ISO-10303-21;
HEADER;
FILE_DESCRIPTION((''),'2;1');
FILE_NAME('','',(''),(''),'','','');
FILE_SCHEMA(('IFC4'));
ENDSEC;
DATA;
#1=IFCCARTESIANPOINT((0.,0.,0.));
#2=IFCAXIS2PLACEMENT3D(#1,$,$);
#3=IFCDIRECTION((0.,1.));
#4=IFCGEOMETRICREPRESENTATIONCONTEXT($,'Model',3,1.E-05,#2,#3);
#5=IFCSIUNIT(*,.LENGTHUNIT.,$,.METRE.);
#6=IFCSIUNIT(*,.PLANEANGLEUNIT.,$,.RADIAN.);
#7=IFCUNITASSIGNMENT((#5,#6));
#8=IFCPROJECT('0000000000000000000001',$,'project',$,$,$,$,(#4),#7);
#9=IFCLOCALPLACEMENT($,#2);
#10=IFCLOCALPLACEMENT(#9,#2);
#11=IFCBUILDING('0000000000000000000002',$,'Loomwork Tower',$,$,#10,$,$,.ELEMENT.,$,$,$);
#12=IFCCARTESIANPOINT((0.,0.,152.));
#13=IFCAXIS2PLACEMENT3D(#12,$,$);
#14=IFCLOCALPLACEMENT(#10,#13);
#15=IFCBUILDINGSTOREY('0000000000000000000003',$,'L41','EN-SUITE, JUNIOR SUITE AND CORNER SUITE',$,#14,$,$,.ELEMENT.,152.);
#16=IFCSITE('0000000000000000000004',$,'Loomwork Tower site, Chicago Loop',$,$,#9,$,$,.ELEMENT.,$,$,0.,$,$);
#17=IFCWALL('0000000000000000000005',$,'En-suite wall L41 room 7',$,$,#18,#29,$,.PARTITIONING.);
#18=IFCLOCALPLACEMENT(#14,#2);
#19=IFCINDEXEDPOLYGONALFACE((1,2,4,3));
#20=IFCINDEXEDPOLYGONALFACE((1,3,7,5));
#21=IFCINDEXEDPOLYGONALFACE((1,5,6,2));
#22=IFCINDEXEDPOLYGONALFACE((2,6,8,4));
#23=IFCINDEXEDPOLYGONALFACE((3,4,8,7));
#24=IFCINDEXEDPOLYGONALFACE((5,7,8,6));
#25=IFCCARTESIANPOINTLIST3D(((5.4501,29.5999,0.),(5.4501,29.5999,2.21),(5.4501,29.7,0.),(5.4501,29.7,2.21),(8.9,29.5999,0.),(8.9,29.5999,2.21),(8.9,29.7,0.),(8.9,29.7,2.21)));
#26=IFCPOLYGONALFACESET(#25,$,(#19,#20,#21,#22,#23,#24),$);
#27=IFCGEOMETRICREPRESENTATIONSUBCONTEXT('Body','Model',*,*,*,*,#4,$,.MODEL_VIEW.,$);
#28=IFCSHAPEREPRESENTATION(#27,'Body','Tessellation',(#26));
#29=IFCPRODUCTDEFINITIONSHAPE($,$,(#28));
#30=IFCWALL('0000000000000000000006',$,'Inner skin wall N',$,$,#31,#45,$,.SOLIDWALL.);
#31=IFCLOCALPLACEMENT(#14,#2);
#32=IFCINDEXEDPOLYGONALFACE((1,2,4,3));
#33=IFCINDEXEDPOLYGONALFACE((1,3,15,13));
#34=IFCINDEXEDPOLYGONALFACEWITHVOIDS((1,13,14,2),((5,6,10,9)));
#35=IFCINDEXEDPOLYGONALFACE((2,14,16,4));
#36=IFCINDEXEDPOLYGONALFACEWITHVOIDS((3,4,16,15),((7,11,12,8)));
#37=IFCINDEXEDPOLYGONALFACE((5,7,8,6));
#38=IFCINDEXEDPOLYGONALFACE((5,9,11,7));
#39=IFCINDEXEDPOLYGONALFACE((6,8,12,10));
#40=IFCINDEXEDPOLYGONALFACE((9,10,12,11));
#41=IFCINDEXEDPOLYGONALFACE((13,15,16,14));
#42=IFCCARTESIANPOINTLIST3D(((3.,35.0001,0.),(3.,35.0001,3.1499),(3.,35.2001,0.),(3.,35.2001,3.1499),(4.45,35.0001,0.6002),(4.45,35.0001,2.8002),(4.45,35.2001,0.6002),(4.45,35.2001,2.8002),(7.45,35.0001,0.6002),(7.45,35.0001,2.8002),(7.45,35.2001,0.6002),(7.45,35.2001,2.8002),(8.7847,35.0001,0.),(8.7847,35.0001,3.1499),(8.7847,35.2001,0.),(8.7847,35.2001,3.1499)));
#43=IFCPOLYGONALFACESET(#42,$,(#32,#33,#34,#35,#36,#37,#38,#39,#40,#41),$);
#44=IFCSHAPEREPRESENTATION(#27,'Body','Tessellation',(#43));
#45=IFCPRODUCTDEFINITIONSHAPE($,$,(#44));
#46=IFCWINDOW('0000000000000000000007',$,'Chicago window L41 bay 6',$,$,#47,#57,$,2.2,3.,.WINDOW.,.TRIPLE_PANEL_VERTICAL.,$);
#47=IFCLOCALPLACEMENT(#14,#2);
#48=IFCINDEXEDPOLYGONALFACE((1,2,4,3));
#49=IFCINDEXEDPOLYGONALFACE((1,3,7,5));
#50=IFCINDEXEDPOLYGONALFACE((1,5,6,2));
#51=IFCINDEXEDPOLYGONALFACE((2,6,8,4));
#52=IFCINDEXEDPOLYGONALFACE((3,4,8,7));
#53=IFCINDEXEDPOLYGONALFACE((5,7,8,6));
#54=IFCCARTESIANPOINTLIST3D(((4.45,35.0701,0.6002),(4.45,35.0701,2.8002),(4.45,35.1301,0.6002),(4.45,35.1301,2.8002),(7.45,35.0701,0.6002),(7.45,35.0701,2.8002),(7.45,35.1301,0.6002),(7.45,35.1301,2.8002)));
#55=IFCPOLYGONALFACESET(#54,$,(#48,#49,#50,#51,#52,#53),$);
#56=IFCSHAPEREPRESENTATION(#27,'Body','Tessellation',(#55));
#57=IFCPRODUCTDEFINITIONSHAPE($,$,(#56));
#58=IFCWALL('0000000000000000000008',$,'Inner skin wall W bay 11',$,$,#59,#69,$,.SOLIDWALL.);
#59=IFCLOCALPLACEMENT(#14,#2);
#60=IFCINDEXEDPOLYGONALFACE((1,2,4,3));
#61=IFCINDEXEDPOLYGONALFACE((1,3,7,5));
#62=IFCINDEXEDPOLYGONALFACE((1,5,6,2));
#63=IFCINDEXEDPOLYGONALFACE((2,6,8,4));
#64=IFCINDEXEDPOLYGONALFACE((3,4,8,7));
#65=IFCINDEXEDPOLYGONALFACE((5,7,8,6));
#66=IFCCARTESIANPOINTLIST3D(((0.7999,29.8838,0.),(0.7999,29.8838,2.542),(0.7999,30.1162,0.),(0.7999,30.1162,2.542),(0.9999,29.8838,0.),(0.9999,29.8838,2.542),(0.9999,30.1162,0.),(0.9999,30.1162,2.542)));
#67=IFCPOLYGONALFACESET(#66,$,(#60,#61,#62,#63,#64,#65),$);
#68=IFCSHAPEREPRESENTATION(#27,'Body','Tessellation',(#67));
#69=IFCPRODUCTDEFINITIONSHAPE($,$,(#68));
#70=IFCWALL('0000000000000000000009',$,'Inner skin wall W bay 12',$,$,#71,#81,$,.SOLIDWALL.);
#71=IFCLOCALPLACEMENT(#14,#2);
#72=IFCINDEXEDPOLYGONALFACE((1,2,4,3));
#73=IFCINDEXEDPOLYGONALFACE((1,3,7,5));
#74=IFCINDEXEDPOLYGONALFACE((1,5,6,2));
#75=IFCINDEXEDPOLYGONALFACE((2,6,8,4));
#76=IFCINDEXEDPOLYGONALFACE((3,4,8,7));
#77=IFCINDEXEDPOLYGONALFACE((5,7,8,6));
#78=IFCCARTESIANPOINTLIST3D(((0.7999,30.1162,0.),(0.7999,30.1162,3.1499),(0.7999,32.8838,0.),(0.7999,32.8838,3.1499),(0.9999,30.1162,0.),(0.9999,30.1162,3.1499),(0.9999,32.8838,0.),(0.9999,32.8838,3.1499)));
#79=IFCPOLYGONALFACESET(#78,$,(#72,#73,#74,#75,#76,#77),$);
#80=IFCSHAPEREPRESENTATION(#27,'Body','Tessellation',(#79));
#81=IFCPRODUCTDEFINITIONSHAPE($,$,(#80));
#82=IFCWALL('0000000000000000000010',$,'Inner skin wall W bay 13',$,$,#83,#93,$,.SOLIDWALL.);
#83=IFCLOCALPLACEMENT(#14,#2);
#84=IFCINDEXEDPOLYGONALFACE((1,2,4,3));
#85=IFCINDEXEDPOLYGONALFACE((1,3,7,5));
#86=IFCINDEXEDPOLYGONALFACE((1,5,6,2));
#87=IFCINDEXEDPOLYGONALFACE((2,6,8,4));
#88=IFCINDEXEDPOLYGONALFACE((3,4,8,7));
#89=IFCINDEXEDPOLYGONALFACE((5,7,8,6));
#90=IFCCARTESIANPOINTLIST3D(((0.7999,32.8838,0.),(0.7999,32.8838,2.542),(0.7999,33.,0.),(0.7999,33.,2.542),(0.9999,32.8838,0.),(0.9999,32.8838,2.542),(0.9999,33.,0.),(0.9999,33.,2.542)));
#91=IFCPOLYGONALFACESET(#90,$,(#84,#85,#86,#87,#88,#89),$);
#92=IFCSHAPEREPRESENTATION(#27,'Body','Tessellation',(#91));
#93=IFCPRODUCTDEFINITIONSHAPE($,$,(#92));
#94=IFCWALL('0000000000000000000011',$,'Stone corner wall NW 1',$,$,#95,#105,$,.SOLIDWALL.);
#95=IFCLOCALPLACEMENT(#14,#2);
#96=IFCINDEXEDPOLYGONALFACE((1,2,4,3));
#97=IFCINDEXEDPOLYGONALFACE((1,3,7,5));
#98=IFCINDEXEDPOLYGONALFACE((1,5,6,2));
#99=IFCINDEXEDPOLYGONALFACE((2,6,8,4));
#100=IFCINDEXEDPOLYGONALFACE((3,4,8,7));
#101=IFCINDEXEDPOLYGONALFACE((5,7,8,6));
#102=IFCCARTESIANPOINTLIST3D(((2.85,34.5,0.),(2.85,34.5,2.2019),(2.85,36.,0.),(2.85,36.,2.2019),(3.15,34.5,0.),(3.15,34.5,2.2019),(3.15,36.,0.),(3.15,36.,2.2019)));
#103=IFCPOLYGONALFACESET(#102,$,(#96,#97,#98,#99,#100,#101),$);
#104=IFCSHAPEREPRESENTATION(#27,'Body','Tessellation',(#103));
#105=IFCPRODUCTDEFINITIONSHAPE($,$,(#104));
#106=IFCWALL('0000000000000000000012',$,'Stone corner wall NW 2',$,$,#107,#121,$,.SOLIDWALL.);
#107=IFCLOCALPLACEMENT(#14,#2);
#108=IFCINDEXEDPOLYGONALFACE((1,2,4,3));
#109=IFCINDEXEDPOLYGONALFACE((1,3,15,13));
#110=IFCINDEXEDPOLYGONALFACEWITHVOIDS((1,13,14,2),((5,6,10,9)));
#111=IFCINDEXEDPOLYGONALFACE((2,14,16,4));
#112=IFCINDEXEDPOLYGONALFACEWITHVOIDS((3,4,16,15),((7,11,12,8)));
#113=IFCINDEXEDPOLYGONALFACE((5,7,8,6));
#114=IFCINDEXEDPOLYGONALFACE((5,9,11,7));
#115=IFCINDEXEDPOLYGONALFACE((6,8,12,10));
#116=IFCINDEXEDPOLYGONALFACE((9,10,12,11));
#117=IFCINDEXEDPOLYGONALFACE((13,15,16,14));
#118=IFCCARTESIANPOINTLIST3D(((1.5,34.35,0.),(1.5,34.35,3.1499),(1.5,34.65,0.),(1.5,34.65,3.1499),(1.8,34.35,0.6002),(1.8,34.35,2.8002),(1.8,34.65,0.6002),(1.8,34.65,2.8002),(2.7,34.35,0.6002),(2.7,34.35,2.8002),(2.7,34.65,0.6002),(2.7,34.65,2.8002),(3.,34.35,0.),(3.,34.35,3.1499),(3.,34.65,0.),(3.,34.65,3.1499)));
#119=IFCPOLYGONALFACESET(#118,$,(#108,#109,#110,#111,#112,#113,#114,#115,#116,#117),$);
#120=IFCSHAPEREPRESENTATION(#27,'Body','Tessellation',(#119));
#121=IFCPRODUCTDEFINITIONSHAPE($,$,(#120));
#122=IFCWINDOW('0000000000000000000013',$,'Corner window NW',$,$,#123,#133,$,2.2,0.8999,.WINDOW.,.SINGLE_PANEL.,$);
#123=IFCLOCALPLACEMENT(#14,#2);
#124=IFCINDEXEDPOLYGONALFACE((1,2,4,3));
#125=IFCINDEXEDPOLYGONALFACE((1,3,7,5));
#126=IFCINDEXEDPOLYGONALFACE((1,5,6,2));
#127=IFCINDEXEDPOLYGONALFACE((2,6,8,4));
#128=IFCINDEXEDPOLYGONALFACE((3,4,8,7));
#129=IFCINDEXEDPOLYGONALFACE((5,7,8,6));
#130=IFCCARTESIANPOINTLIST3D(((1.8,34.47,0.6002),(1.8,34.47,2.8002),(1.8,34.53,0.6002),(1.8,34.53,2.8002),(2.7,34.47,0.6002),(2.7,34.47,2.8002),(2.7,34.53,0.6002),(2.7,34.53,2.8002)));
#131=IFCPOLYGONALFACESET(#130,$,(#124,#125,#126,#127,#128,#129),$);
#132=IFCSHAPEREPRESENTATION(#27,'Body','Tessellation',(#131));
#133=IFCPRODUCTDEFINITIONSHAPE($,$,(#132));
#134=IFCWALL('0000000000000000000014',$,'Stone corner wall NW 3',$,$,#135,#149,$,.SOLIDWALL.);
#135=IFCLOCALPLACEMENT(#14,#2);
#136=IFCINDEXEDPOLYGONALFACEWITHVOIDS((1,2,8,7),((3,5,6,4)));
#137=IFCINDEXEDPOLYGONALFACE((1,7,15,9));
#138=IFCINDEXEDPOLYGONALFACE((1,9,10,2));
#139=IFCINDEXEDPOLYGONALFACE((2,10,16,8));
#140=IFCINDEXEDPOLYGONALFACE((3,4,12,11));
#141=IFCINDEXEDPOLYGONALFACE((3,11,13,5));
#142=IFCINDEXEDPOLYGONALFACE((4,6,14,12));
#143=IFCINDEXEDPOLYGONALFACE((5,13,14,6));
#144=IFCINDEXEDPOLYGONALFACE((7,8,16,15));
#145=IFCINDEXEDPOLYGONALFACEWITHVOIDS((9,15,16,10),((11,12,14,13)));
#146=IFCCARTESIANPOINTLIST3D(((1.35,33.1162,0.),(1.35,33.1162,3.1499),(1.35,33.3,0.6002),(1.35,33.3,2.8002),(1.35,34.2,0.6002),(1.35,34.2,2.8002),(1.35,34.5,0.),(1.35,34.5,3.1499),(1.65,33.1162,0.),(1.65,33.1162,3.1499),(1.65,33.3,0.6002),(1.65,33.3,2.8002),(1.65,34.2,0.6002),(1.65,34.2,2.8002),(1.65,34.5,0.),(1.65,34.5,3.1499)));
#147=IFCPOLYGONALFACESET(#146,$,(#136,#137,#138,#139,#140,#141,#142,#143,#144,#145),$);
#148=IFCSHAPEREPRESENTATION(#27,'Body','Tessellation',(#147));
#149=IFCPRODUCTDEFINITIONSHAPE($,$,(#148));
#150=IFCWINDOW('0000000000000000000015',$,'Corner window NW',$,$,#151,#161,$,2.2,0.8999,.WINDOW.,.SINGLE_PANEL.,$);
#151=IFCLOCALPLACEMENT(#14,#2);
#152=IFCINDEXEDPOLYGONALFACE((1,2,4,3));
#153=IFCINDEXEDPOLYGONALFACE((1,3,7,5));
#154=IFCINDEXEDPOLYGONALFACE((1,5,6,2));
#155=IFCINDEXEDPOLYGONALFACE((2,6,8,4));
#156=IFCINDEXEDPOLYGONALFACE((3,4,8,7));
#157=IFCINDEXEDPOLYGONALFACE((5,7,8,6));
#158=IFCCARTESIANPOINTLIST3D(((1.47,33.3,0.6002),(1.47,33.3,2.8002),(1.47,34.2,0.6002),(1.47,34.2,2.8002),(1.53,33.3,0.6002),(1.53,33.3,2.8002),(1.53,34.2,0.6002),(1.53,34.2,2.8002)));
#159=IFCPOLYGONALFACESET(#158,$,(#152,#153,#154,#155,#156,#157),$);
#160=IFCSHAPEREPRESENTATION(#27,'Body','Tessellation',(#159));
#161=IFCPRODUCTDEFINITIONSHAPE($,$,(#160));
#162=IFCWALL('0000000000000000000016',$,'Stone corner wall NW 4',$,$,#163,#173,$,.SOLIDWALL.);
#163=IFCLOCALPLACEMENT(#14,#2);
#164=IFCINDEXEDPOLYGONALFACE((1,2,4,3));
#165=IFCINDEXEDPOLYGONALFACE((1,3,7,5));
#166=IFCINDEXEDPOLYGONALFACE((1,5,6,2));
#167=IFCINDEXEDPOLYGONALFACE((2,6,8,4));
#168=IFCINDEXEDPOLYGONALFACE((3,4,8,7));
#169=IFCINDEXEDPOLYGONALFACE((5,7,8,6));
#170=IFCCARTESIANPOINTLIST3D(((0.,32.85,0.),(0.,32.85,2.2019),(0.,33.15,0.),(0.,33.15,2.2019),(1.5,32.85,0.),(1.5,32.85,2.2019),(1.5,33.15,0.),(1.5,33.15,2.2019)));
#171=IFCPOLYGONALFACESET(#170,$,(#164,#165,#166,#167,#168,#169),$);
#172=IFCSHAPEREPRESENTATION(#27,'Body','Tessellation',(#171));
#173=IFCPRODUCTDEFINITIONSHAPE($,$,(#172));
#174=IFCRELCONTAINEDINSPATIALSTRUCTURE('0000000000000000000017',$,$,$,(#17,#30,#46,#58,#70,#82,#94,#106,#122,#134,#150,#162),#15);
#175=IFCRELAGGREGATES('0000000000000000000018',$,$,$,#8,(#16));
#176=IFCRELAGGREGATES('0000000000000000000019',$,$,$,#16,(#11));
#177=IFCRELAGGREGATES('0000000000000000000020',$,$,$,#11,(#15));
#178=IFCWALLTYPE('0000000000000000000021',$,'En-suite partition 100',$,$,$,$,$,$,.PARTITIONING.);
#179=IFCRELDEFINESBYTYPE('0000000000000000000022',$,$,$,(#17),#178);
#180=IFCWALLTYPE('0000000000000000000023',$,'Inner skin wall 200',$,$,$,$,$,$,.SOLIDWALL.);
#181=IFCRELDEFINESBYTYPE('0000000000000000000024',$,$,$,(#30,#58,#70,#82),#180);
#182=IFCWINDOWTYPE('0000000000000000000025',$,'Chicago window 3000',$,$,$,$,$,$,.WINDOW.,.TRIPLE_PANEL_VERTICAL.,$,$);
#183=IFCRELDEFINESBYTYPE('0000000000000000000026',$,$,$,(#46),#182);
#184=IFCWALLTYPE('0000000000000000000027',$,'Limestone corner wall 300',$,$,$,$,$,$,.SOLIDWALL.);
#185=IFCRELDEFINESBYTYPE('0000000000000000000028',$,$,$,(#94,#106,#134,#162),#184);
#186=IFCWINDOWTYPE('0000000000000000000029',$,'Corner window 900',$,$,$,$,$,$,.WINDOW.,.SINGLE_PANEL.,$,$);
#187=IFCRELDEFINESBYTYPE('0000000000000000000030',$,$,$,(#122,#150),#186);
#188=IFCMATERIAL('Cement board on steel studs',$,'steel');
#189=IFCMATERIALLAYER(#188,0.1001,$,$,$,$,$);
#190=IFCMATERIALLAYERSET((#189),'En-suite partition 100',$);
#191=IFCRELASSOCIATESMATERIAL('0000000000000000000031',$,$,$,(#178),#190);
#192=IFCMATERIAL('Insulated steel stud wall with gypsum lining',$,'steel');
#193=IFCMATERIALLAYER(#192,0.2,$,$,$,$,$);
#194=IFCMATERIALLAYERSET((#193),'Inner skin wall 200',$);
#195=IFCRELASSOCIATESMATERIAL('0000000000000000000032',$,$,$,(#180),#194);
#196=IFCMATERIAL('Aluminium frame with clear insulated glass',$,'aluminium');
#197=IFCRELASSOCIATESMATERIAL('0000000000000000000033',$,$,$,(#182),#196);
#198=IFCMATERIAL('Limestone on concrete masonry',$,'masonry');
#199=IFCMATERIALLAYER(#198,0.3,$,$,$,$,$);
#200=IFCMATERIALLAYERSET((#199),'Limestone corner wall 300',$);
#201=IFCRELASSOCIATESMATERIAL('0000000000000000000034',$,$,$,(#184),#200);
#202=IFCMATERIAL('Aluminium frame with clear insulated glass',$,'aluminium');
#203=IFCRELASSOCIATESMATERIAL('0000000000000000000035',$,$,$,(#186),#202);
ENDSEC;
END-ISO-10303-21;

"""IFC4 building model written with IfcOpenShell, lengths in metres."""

from ifc_helpers import new_model, si_unit, direction, frame, frame_2d, origin, place, context, subcontext, project, spatial, rectangle, extrude, material, layer, layer_set, type_object, element, fill, save


model = new_model("IFC4")

# Units and contexts
model_context = context("Model", 3, precision=1e-05, world=origin(), true_north=direction((0.0, 1.0)))
body_context = subcontext(model_context, "Body", "Model", "MODEL_VIEW")
ifc_project = project(units=[si_unit("LENGTHUNIT", "METRE"), si_unit("PLANEANGLEUNIT", "RADIAN")], contexts=[model_context])

# Site, building, storey
site_placement = place(None, origin())
site = spatial("IfcSite", under=ifc_project, at=site_placement, Name="Loomwork Tower site, Chicago Loop", CompositionType="ELEMENT", RefElevation=0.0)
building_placement = place(site_placement, origin())
building = spatial("IfcBuilding", under=site, at=building_placement, Name="Loomwork Tower", CompositionType="ELEMENT")
storey_placement = place(building_placement, frame((0.0, 0.0, 152.0)))
storey = spatial("IfcBuildingStorey", under=building, at=storey_placement, Name="L41", Description="EN-SUITE, JUNIOR SUITE AND CORNER SUITE", CompositionType="ELEMENT", Elevation=152.0)

# Wall
ifc_material_1 = material(Name="Cement board on steel studs", Category="steel")
ifc_layer_1 = layer(ifc_material_1, 0.1001)
ifc_layer_set_1 = layer_set([ifc_layer_1], Name="En-suite partition 100")
wall_type_1 = type_object("IfcWallType", Name="En-suite partition 100", PredefinedType="PARTITIONING", material=ifc_layer_set_1)
wall_1_placement = place(storey_placement, frame((5.45, 29.6499, 0.0), z_axis=(0.0, 0.0, 1.0), x_axis=(1.0, 0.0, 0.0)))
element("IfcWall", 1, at=wall_1_placement, inside=storey, type_object=wall_type_1, Name="En-suite wall L41 room 7", PredefinedType="PARTITIONING", context=body_context, shape_type="SweptSolid", body=[
    extrude(rectangle(XDim=3.45, YDim=0.1001, at=frame_2d((1.7251, 0.0))), origin(), (0.0, 0.0, 1.0), 2.21),
])

# Wall, opening, window
ifc_material_2 = material(Name="Insulated steel stud wall with gypsum lining", Category="steel")
ifc_layer_2 = layer(ifc_material_2, 0.2)
ifc_layer_set_2 = layer_set([ifc_layer_2], Name="Inner skin wall 200")
wall_type_2 = type_object("IfcWallType", Name="Inner skin wall 200", PredefinedType="SOLIDWALL", material=ifc_layer_set_2)
wall_2_placement = place(storey_placement, frame((3.0, 35.1001, 0.0), z_axis=(0.0, 0.0, 1.0), x_axis=(1.0, 0.0, 0.0)))
wall_2 = element("IfcWall", 2, at=wall_2_placement, inside=storey, type_object=wall_type_2, Name="Inner skin wall N", PredefinedType="SOLIDWALL", context=body_context, shape_type="SweptSolid", body=[
    extrude(rectangle(XDim=5.7847, YDim=0.2, at=frame_2d((2.8923, 0.0))), origin(), (0.0, 0.0, 1.0), 3.1499),
])
opening_1_placement = place(wall_2_placement, frame((1.45, 0.0, 0.6001)))
opening_1 = element("IfcOpeningElement", 3, at=opening_1_placement, cuts=wall_2, PredefinedType="OPENING", context=body_context, shape_type="SweptSolid", body=[
    extrude(rectangle(XDim=3.0, YDim=2.2, at=frame_2d((1.5, 1.1001))), frame((0.0, 0.1099, 0.0), z_axis=(0.0, -1.0, 0.0), x_axis=(1.0, 0.0, 0.0)), (0.0, 0.0, 1.0), 0.22),
])
ifc_material_3 = material(Name="Aluminium frame with clear insulated glass", Category="aluminium")
window_type_1 = type_object("IfcWindowType", Name="Chicago window 3000", PartitioningType="TRIPLE_PANEL_VERTICAL", PredefinedType="WINDOW", material=ifc_material_3)
window_1_placement = place(opening_1_placement, origin())
window_1 = element("IfcWindow", 4, at=window_1_placement, inside=storey, type_object=window_type_1, Name="Chicago window L41 bay 6", OverallHeight=2.2, OverallWidth=3.0, PartitioningType="TRIPLE_PANEL_VERTICAL", PredefinedType="WINDOW", context=body_context, shape_type="SweptSolid", body=[
    extrude(rectangle(XDim=3.0, YDim=2.2, at=frame_2d((1.5, 1.1001))), frame((0.0, 0.03, 0.0), z_axis=(0.0, -1.0, 0.0), x_axis=(1.0, 0.0, 0.0)), (0.0, 0.0, 1.0), 0.0601),
])
fill(opening_1, window_1)

# Walls
wall_3_placement = place(storey_placement, frame((0.8999, 29.8838, 0.0), z_axis=(0.0, 0.0, 1.0), x_axis=(0.0, 1.0, 0.0)))
element("IfcWall", 5, at=wall_3_placement, inside=storey, type_object=wall_type_2, Name="Inner skin wall W bay 11", PredefinedType="SOLIDWALL", context=body_context, shape_type="SweptSolid", body=[
    extrude(rectangle(XDim=0.2324, YDim=0.2, at=frame_2d((0.1162, 0.0))), origin(), (0.0, 0.0, 1.0), 2.542),
])
wall_4_placement = place(storey_placement, frame((0.8999, 30.1162, 0.0), z_axis=(0.0, 0.0, 1.0), x_axis=(0.0, 1.0, 0.0)))
element("IfcWall", 6, at=wall_4_placement, inside=storey, type_object=wall_type_2, Name="Inner skin wall W bay 12", PredefinedType="SOLIDWALL", context=body_context, shape_type="SweptSolid", body=[
    extrude(rectangle(XDim=2.7676, YDim=0.2, at=frame_2d((1.3838, 0.0))), origin(), (0.0, 0.0, 1.0), 3.1499),
])
wall_5_placement = place(storey_placement, frame((0.8999, 32.8838, 0.0), z_axis=(0.0, 0.0, 1.0), x_axis=(0.0, 1.0, 0.0)))
element("IfcWall", 7, at=wall_5_placement, inside=storey, type_object=wall_type_2, Name="Inner skin wall W bay 13", PredefinedType="SOLIDWALL", context=body_context, shape_type="SweptSolid", body=[
    extrude(rectangle(XDim=0.1162, YDim=0.2, at=frame_2d((0.0581, 0.0))), origin(), (0.0, 0.0, 1.0), 2.542),
])
ifc_material_4 = material(Name="Limestone on concrete masonry", Category="masonry")
ifc_layer_3 = layer(ifc_material_4, 0.3)
ifc_layer_set_3 = layer_set([ifc_layer_3], Name="Limestone corner wall 300")
wall_type_3 = type_object("IfcWallType", Name="Limestone corner wall 300", PredefinedType="SOLIDWALL", material=ifc_layer_set_3)
wall_6_placement = place(storey_placement, frame((3.0, 36.0, 0.0), z_axis=(0.0, 0.0, 1.0), x_axis=(0.0, -1.0, 0.0)))
element("IfcWall", 8, at=wall_6_placement, inside=storey, type_object=wall_type_3, Name="Stone corner wall NW 1", PredefinedType="SOLIDWALL", context=body_context, shape_type="SweptSolid", body=[
    extrude(rectangle(XDim=1.5, YDim=0.3, at=frame_2d((0.75, 0.0))), origin(), (0.0, 0.0, 1.0), 2.2019),
])

# Walls, openings, windows
wall_7_placement = place(storey_placement, frame((3.0, 34.5, 0.0), z_axis=(0.0, 0.0, 1.0), x_axis=(-1.0, 0.0, 0.0)))
wall_7 = element("IfcWall", 9, at=wall_7_placement, inside=storey, type_object=wall_type_3, Name="Stone corner wall NW 2", PredefinedType="SOLIDWALL", context=body_context, shape_type="SweptSolid", body=[
    extrude(rectangle(XDim=1.5, YDim=0.3, at=frame_2d((0.75, 0.0))), origin(), (0.0, 0.0, 1.0), 3.1499),
])
opening_2_placement = place(wall_7_placement, frame((0.3, 0.0, 0.6001)))
opening_2 = element("IfcOpeningElement", 10, at=opening_2_placement, cuts=wall_7, PredefinedType="OPENING", context=body_context, shape_type="SweptSolid", body=[
    extrude(rectangle(XDim=0.8999, YDim=2.2, at=frame_2d((0.45, 1.1001))), frame((0.0, 0.1599, 0.0), z_axis=(0.0, -1.0, 0.0), x_axis=(1.0, 0.0, 0.0)), (0.0, 0.0, 1.0), 0.3201),
])
ifc_material_5 = material(Name="Aluminium frame with clear insulated glass", Category="aluminium")
window_type_2 = type_object("IfcWindowType", Name="Corner window 900", PartitioningType="SINGLE_PANEL", PredefinedType="WINDOW", material=ifc_material_5)
window_2_placement = place(opening_2_placement, origin())
window_2 = element("IfcWindow", 11, at=window_2_placement, inside=storey, type_object=window_type_2, Name="Corner window NW", OverallHeight=2.2, OverallWidth=0.8999, PartitioningType="SINGLE_PANEL", PredefinedType="WINDOW", context=body_context, shape_type="SweptSolid", body=[
    extrude(rectangle(XDim=0.8999, YDim=2.2, at=frame_2d((0.45, 1.1001))), frame((0.0, 0.03, 0.0), z_axis=(0.0, -1.0, 0.0), x_axis=(1.0, 0.0, 0.0)), (0.0, 0.0, 1.0), 0.0601),
])
fill(opening_2, window_2)
wall_8_placement = place(storey_placement, frame((1.5, 34.5, 0.0), z_axis=(0.0, 0.0, 1.0), x_axis=(0.0, -1.0, 0.0)))
wall_8 = element("IfcWall", 12, at=wall_8_placement, inside=storey, type_object=wall_type_3, Name="Stone corner wall NW 3", PredefinedType="SOLIDWALL", context=body_context, shape_type="SweptSolid", body=[
    extrude(rectangle(XDim=1.3838, YDim=0.3, at=frame_2d((0.6919, 0.0))), origin(), (0.0, 0.0, 1.0), 3.1499),
])
opening_3_placement = place(wall_8_placement, frame((0.3, 0.0, 0.6001)))
opening_3 = element("IfcOpeningElement", 13, at=opening_3_placement, cuts=wall_8, PredefinedType="OPENING", context=body_context, shape_type="SweptSolid", body=[
    extrude(rectangle(XDim=0.8999, YDim=2.2, at=frame_2d((0.45, 1.1001))), frame((0.0, 0.1599, 0.0), z_axis=(0.0, -1.0, 0.0), x_axis=(1.0, 0.0, 0.0)), (0.0, 0.0, 1.0), 0.3201),
])
window_3_placement = place(opening_3_placement, origin())
window_3 = element("IfcWindow", 14, at=window_3_placement, inside=storey, type_object=window_type_2, Name="Corner window NW", OverallHeight=2.2, OverallWidth=0.8999, PartitioningType="SINGLE_PANEL", PredefinedType="WINDOW", context=body_context, shape_type="SweptSolid", body=[
    extrude(rectangle(XDim=0.8999, YDim=2.2, at=frame_2d((0.45, 1.1001))), frame((0.0, 0.03, 0.0), z_axis=(0.0, -1.0, 0.0), x_axis=(1.0, 0.0, 0.0)), (0.0, 0.0, 1.0), 0.0601),
])
fill(opening_3, window_3)

# Wall
wall_9_placement = place(storey_placement, frame((1.5, 33.0, 0.0), z_axis=(0.0, 0.0, 1.0), x_axis=(-1.0, 0.0, 0.0)))
element("IfcWall", 15, at=wall_9_placement, inside=storey, type_object=wall_type_3, Name="Stone corner wall NW 4", PredefinedType="SOLIDWALL", context=body_context, shape_type="SweptSolid", body=[
    extrude(rectangle(XDim=1.5, YDim=0.3, at=frame_2d((0.75, 0.0))), origin(), (0.0, 0.0, 1.0), 2.2019),
])

save(model, "model.ifc")
